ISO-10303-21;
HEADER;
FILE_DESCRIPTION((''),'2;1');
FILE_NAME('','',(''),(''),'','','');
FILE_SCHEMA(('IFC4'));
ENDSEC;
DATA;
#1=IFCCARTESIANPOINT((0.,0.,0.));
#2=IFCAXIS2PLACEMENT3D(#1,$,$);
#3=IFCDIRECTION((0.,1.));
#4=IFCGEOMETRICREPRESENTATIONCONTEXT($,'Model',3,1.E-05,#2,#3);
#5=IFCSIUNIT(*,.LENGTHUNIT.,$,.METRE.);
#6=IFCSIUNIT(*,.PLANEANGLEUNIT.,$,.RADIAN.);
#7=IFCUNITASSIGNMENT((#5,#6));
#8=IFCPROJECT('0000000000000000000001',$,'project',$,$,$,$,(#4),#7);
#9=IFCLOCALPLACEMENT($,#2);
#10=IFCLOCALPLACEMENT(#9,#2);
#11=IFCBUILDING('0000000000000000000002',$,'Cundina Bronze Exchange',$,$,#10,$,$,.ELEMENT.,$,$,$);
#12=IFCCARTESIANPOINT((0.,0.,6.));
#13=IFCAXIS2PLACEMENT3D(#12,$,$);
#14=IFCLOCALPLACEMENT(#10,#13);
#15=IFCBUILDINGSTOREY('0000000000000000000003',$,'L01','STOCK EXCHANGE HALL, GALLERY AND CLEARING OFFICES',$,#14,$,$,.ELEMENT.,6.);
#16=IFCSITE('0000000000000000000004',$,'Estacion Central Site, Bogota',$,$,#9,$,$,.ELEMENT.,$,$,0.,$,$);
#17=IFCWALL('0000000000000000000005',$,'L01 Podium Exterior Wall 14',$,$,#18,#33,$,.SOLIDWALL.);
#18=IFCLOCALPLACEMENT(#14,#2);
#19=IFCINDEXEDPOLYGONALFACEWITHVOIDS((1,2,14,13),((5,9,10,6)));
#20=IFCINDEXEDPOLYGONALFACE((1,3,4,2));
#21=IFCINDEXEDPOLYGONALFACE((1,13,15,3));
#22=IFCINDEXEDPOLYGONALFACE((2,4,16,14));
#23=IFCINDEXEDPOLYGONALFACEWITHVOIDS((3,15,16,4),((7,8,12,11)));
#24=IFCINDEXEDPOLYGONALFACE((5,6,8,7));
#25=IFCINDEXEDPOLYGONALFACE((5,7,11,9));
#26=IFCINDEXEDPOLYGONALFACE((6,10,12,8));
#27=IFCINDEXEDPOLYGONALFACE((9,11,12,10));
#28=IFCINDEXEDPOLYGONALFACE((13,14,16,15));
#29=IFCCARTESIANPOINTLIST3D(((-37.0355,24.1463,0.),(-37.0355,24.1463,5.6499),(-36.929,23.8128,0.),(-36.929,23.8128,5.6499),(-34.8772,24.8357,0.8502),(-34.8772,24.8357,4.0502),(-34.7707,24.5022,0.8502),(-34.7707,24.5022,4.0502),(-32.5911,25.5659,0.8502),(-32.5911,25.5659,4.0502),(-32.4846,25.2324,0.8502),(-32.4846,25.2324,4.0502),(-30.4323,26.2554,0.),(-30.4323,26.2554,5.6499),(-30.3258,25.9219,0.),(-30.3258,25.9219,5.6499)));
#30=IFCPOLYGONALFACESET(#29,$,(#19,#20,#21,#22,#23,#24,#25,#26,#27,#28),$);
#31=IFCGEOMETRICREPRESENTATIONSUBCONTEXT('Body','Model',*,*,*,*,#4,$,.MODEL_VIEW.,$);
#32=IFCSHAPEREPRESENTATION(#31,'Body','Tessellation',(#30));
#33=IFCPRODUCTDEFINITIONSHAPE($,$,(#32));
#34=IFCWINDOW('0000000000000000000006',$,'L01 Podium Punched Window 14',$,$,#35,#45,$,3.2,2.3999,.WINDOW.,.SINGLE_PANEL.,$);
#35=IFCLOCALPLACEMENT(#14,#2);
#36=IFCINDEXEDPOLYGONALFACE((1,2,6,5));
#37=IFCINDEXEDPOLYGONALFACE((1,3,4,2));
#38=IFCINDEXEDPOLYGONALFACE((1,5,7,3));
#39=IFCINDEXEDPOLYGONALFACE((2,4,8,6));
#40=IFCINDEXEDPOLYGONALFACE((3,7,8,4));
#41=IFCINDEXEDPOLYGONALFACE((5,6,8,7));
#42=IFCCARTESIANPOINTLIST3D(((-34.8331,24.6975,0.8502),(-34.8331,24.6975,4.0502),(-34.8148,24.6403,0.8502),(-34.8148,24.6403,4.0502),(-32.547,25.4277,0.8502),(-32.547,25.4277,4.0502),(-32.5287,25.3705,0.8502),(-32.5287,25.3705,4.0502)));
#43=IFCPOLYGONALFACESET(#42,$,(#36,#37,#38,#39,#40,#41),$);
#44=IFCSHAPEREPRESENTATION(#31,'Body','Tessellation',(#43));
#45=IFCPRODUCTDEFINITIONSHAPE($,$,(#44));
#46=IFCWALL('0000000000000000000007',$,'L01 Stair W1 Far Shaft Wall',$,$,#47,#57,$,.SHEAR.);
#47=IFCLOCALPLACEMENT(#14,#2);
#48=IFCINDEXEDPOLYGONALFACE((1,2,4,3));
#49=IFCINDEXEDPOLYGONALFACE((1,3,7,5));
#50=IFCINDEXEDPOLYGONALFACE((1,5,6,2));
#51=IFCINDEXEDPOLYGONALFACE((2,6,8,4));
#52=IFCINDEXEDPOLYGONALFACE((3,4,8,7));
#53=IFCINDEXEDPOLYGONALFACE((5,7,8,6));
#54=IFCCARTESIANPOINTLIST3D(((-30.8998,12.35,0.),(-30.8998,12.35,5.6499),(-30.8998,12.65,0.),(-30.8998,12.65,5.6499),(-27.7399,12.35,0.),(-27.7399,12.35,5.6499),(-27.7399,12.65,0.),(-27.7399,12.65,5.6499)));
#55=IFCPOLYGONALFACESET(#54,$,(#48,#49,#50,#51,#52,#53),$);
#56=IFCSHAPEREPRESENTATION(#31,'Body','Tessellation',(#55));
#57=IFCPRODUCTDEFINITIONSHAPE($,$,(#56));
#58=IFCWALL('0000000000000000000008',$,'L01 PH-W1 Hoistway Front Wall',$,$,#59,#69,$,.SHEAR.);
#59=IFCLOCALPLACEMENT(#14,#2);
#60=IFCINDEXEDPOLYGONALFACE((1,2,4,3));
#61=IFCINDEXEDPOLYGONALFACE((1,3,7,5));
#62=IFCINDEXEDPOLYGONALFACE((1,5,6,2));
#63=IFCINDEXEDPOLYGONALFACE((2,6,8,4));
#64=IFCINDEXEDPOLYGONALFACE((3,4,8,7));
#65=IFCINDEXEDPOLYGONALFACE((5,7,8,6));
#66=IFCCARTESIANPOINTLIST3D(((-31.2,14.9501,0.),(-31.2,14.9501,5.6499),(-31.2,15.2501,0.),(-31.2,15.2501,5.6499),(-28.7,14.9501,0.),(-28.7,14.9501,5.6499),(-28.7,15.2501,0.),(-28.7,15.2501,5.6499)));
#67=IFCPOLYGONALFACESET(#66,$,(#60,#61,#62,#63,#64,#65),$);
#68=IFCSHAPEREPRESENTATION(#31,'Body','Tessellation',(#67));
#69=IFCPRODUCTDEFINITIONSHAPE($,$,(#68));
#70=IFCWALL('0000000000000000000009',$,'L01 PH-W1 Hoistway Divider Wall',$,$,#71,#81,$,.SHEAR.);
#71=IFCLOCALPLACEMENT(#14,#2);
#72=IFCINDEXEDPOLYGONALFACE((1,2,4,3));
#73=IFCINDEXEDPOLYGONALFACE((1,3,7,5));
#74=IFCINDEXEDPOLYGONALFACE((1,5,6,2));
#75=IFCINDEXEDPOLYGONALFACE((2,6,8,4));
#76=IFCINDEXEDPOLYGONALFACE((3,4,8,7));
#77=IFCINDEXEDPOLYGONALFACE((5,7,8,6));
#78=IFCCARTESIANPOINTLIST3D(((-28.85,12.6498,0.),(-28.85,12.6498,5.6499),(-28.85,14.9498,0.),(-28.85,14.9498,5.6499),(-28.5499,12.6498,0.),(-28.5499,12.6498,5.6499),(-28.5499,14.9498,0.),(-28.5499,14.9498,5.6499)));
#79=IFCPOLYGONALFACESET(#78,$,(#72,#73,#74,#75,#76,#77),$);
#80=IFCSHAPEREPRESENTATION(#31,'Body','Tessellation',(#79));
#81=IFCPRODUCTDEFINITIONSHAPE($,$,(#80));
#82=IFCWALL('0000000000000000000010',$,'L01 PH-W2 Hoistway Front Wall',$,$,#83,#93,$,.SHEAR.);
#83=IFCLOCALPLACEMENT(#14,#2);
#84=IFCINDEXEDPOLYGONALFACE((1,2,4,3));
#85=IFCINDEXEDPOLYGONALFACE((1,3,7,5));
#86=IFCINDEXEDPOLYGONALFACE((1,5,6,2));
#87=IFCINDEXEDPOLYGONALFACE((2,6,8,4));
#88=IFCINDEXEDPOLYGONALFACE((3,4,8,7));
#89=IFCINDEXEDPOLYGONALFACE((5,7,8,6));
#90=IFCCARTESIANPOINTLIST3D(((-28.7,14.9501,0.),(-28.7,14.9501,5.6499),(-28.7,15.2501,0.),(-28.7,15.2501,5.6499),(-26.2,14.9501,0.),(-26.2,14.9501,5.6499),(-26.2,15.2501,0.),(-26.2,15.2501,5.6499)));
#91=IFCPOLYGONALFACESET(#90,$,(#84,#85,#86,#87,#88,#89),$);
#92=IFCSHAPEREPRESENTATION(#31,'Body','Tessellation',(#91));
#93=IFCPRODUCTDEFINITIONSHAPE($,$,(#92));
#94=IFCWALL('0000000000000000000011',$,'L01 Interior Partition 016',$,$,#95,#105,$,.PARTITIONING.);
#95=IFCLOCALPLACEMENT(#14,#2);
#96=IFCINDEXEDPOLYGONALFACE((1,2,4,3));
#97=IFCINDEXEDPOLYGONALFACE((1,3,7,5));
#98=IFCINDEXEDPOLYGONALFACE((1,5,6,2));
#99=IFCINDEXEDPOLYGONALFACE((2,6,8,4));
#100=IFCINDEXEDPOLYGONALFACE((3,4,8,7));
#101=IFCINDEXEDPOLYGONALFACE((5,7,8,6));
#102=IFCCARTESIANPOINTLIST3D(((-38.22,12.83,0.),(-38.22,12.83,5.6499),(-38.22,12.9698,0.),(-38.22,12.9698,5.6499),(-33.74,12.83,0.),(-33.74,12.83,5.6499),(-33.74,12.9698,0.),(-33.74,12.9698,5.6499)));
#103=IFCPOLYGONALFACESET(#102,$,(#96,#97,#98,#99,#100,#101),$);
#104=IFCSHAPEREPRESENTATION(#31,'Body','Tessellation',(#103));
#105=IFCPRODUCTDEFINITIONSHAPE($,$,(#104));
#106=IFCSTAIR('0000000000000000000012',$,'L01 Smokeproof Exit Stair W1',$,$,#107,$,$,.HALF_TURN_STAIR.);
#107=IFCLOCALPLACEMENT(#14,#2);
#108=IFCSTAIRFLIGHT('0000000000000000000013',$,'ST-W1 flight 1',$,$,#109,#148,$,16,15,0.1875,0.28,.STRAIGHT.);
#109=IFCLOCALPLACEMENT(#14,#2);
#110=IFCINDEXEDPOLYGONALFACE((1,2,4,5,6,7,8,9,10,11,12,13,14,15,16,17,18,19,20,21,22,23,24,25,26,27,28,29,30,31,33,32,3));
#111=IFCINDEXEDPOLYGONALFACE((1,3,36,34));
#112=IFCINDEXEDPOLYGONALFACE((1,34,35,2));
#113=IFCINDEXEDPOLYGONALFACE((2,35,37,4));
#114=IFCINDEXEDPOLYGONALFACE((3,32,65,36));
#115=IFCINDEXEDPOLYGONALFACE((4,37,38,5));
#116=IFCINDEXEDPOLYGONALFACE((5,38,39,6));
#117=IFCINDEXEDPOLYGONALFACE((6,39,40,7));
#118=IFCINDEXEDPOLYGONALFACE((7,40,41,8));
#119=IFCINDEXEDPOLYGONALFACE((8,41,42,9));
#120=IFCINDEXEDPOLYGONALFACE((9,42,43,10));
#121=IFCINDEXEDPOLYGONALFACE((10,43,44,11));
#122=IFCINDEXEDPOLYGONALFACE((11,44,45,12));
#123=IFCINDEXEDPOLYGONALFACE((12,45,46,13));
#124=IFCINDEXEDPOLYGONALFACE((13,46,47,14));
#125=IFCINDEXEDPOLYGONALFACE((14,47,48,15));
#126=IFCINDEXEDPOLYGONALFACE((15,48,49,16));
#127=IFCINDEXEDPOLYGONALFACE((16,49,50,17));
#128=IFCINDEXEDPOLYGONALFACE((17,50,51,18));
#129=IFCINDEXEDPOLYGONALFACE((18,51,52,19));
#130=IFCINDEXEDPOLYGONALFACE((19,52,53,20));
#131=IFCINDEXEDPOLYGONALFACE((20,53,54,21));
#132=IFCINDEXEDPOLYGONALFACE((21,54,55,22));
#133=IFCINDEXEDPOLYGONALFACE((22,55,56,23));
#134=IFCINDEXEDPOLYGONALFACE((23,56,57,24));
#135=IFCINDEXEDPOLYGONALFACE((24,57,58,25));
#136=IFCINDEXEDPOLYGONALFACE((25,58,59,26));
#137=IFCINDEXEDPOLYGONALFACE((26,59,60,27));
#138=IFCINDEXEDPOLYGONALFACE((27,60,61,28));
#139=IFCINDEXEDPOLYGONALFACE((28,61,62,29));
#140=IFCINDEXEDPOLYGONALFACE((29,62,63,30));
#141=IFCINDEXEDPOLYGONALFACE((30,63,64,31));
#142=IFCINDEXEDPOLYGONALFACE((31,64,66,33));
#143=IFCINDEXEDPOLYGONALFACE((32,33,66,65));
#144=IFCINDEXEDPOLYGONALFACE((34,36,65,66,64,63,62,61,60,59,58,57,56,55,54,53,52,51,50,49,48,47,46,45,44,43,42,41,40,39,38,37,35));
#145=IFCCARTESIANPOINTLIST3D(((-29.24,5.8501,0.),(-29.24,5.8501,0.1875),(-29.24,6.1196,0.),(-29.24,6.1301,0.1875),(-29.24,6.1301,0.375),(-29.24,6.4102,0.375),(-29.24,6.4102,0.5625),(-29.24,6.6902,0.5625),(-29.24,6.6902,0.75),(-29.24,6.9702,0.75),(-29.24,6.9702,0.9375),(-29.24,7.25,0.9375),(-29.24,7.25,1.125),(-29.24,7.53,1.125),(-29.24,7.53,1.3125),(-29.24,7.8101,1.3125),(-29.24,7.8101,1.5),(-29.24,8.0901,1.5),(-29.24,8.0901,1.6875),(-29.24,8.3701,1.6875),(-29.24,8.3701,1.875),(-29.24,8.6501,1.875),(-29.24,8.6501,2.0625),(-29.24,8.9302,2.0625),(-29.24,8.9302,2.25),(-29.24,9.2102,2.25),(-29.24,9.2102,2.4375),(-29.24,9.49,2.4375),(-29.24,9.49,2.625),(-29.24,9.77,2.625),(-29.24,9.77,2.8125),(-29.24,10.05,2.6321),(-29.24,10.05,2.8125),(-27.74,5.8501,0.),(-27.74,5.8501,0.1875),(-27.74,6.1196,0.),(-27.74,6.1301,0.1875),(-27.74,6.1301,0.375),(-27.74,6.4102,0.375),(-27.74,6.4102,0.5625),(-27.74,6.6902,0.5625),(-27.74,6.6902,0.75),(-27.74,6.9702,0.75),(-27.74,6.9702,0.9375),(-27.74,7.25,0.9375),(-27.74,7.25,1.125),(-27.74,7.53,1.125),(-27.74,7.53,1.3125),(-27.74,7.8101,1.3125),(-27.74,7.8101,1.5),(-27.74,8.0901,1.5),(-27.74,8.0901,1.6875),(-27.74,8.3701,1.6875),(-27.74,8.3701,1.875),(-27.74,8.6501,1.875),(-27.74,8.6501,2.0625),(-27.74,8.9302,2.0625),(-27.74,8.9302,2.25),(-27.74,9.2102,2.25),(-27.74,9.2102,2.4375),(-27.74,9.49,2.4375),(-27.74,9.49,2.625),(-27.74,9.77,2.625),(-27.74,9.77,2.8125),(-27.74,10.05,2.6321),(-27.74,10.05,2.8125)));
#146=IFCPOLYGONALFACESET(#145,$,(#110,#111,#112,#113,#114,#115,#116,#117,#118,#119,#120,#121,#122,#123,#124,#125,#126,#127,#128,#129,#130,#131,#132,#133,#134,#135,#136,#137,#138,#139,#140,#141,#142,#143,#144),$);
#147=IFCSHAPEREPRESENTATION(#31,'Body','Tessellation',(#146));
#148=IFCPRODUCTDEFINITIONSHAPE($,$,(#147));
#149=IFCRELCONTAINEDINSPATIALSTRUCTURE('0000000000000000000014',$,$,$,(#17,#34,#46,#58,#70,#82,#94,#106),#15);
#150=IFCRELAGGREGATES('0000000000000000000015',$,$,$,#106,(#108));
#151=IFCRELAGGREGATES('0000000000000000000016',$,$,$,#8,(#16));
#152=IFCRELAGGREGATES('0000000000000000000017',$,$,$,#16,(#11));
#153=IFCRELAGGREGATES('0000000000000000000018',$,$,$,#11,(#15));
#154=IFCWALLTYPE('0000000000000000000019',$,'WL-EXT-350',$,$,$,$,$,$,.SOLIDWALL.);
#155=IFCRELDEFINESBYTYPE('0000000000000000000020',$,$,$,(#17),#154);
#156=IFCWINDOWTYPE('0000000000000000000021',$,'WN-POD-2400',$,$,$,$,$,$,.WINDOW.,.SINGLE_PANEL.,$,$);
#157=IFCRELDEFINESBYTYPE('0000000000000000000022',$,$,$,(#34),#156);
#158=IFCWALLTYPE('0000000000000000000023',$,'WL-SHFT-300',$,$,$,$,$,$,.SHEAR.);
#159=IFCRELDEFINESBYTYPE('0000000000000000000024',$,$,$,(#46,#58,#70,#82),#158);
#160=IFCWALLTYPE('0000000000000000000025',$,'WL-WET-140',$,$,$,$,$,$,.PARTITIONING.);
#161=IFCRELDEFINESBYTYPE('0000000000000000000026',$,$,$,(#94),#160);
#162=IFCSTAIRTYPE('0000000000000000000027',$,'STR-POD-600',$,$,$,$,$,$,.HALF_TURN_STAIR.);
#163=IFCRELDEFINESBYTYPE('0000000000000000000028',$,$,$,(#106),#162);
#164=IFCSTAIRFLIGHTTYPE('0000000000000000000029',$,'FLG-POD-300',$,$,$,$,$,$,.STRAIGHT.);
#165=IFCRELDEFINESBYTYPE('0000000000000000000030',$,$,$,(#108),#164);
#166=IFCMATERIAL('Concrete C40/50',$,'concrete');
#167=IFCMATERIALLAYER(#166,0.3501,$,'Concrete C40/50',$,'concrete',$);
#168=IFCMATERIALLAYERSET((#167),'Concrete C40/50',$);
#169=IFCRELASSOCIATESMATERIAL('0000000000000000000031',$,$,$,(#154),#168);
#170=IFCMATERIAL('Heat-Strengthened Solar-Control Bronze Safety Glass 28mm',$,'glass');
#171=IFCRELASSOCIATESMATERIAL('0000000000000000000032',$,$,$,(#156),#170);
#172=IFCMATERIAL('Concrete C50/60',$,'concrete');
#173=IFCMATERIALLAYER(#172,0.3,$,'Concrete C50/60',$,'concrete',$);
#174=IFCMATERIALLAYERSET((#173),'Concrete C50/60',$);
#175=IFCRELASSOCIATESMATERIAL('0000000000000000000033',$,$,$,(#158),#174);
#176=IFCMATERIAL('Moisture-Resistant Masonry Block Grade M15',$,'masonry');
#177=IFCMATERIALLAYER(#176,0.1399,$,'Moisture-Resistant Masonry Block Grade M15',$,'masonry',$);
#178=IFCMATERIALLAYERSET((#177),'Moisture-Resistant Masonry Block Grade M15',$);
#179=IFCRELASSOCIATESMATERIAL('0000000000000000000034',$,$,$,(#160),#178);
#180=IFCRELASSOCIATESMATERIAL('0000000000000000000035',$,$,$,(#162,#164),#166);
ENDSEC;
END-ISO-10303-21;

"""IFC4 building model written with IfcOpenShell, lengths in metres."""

from ifc_helpers import new_model, si_unit, direction, frame, frame_2d, origin, place, context, subcontext, project, spatial, polyline, rectangle, outline, extrude, material, layer, layer_set, type_object, element, fill, aggregate, save


model = new_model("IFC4")

# Units and contexts
model_context = context("Model", 3, precision=1e-05, world=origin(), true_north=direction((0.0, 1.0)))
body_context = subcontext(model_context, "Body", "Model", "MODEL_VIEW")
ifc_project = project(units=[si_unit("LENGTHUNIT", "METRE"), si_unit("PLANEANGLEUNIT", "RADIAN")], contexts=[model_context])

# Site, building, storey
site_placement = place(None, origin())
site = spatial("IfcSite", under=ifc_project, at=site_placement, Name="Estacion Central Site, Bogota", CompositionType="ELEMENT", RefElevation=0.0)
building_placement = place(site_placement, origin())
building = spatial("IfcBuilding", under=site, at=building_placement, Name="Cundina Bronze Exchange", CompositionType="ELEMENT")
storey_placement = place(building_placement, frame((0.0, 0.0, 6.0)))
storey = spatial("IfcBuildingStorey", under=building, at=storey_placement, Name="L01", Description="STOCK EXCHANGE HALL, GALLERY AND CLEARING OFFICES", CompositionType="ELEMENT", Elevation=6.0)

# Wall, opening, window
ifc_material_1 = material(Name="Concrete C40/50", Category="concrete")
ifc_layer_1 = layer(ifc_material_1, 0.3501, Name="Concrete C40/50", Category="concrete")
ifc_layer_set_1 = layer_set([ifc_layer_1], Name="Concrete C40/50")
wall_type_1 = type_object("IfcWallType", Name="WL-EXT-350", PredefinedType="SOLIDWALL", material=ifc_layer_set_1)
wall_1_placement = place(storey_placement, frame((-30.3792, 26.0886, 0.0), z_axis=(0.0, 0.0, 1.0), x_axis=(-0.952588, -0.304263, 0.0)))
wall_1 = element("IfcWall", 1, at=wall_1_placement, inside=storey, type_object=wall_type_1, Name="L01 Podium Exterior Wall 14", PredefinedType="SOLIDWALL", context=body_context, shape_type="SweptSolid", body=[
    extrude(rectangle(XDim=6.9319, YDim=0.3501, at=frame_2d((3.4658, 0.0))), origin(), (0.0, 0.0, 1.0), 5.6499),
])
opening_1_placement = place(wall_1_placement, frame((2.2661, 0.0, 0.8501)))
opening_1 = element("IfcOpeningElement", 2, at=opening_1_placement, cuts=wall_1, PredefinedType="OPENING", context=body_context, shape_type="SweptSolid", body=[
    extrude(rectangle(XDim=2.3999, YDim=3.2, at=frame_2d((1.2, 1.6001))), frame((0.0, 0.1851, 0.0), z_axis=(0.0, -1.0, 0.0), x_axis=(1.0, 0.0, 0.0)), (0.0, 0.0, 1.0), 0.3701),
])
ifc_material_2 = material(Name="Heat-Strengthened Solar-Control Bronze Safety Glass 28mm", Category="glass")
window_type = type_object("IfcWindowType", Name="WN-POD-2400", PartitioningType="SINGLE_PANEL", PredefinedType="WINDOW", material=ifc_material_2)
window_placement = place(opening_1_placement, origin())
window = element("IfcWindow", 3, at=window_placement, inside=storey, type_object=window_type, Name="L01 Podium Punched Window 14", OverallHeight=3.2, OverallWidth=2.3999, PartitioningType="SINGLE_PANEL", PredefinedType="WINDOW", context=body_context, shape_type="SweptSolid", body=[
    extrude(rectangle(XDim=2.3999, YDim=3.2, at=frame_2d((1.2, 1.6001))), frame((0.0, 0.03, 0.0), z_axis=(0.0, -1.0, 0.0), x_axis=(1.0, 0.0, 0.0)), (0.0, 0.0, 1.0), 0.0601),
])
fill(opening_1, window)

# Shared definitions
ifc_material_3 = material(Name="Concrete C50/60", Category="concrete")
ifc_layer_2 = layer(ifc_material_3, 0.3, Name="Concrete C50/60", Category="concrete")
ifc_layer_set_2 = layer_set([ifc_layer_2], Name="Concrete C50/60")
wall_type_2 = type_object("IfcWallType", Name="WL-SHFT-300", PredefinedType="SHEAR", material=ifc_layer_set_2)

# Walls
wall_2_placement = place(storey_placement, frame((-30.8999, 12.5, 0.0), z_axis=(0.0, 0.0, 1.0), x_axis=(1.0, 0.0, 0.0)))
element("IfcWall", 4, at=wall_2_placement, inside=storey, type_object=wall_type_2, Name="L01 Stair W1 Far Shaft Wall", PredefinedType="SHEAR", context=body_context, shape_type="SweptSolid", body=[
    extrude(rectangle(XDim=3.1599, YDim=0.3, at=frame_2d((1.5801, 0.0))), origin(), (0.0, 0.0, 1.0), 5.6499),
])
wall_3_placement = place(storey_placement, frame((-31.2, 15.1001, 0.0), z_axis=(0.0, 0.0, 1.0), x_axis=(1.0, 0.0, 0.0)))
element("IfcWall", 5, at=wall_3_placement, inside=storey, type_object=wall_type_2, Name="L01 PH-W1 Hoistway Front Wall", PredefinedType="SHEAR", context=body_context, shape_type="SweptSolid", body=[
    extrude(rectangle(XDim=2.5, YDim=0.3, at=frame_2d((1.25, 0.0))), origin(), (0.0, 0.0, 1.0), 5.6499),
])
wall_4_placement = place(storey_placement, frame((-28.7, 12.6499, 0.0), z_axis=(0.0, 0.0, 1.0), x_axis=(0.0, 1.0, 0.0)))
element("IfcWall", 6, at=wall_4_placement, inside=storey, type_object=wall_type_2, Name="L01 PH-W1 Hoistway Divider Wall", PredefinedType="SHEAR", context=body_context, shape_type="SweptSolid", body=[
    extrude(rectangle(XDim=2.3, YDim=0.3, at=frame_2d((1.1499, 0.0))), origin(), (0.0, 0.0, 1.0), 5.6499),
])
wall_5_placement = place(storey_placement, frame((-28.7, 15.1001, 0.0), z_axis=(0.0, 0.0, 1.0), x_axis=(1.0, 0.0, 0.0)))
element("IfcWall", 7, at=wall_5_placement, inside=storey, type_object=wall_type_2, Name="L01 PH-W2 Hoistway Front Wall", PredefinedType="SHEAR", context=body_context, shape_type="SweptSolid", body=[
    extrude(rectangle(XDim=2.5, YDim=0.3, at=frame_2d((1.25, 0.0))), origin(), (0.0, 0.0, 1.0), 5.6499),
])
ifc_material_4 = material(Name="Moisture-Resistant Masonry Block Grade M15", Category="masonry")
ifc_layer_3 = layer(ifc_material_4, 0.1399, Name="Moisture-Resistant Masonry Block Grade M15", Category="masonry")
ifc_layer_set_3 = layer_set([ifc_layer_3], Name="Moisture-Resistant Masonry Block Grade M15")
wall_type_3 = type_object("IfcWallType", Name="WL-WET-140", PredefinedType="PARTITIONING", material=ifc_layer_set_3)
wall_6_placement = place(storey_placement, frame((-38.22, 12.8999, 0.0), z_axis=(0.0, 0.0, 1.0), x_axis=(1.0, 0.0, 0.0)))
element("IfcWall", 8, at=wall_6_placement, inside=storey, type_object=wall_type_3, Name="L01 Interior Partition 016", PredefinedType="PARTITIONING", context=body_context, shape_type="SweptSolid", body=[
    extrude(rectangle(XDim=4.48, YDim=0.1399, at=frame_2d((2.24, 0.0))), origin(), (0.0, 0.0, 1.0), 5.6499),
])

# Stair, stair flight
stair_type = type_object("IfcStairType", Name="STR-POD-600", PredefinedType="HALF_TURN_STAIR", material=ifc_material_1)
stair_placement = place(storey_placement, origin())
stair = element("IfcStair", 9, at=stair_placement, inside=storey, type_object=stair_type, Name="L01 Smokeproof Exit Stair W1", PredefinedType="HALF_TURN_STAIR")
stair_flight_type = type_object("IfcStairFlightType", Name="FLG-POD-300", PredefinedType="STRAIGHT", material=ifc_material_1)
stair_flight_1_placement = place(storey_placement, frame((-28.49, 5.8501, 0.0), z_axis=(0.0, 0.0, 1.0), x_axis=(0.0, 1.0, 0.0)))
stair_flight_1 = element("IfcStairFlight", 10, at=stair_flight_1_placement, type_object=stair_flight_type, Name="ST-W1 flight 1", NumberOfRisers=16, NumberOfTreads=15, PredefinedType="STRAIGHT", RiserHeight=0.1875, TreadLength=0.28, context=body_context, shape_type="SweptSolid", body=[
    extrude(outline(polyline([(0.0, 0.0), (0.0, 0.1875), (0.28, 0.1875), (0.28, 0.375), (0.5601, 0.375), (0.5601, 0.5625), (0.8401, 0.5625), (0.8401, 0.75), (1.1201, 0.75), (1.1201, 0.9375), (1.3999, 0.9375), (1.3999, 1.125), (1.6799, 1.125), (1.6799, 1.3125), (1.96, 1.3125), (1.96, 1.5), (2.24, 1.5), (2.24, 1.6875), (2.52, 1.6875), (2.52, 1.875), (2.8, 1.875), (2.8, 2.0625), (3.0801, 2.0625), (3.0801, 2.25), (3.3601, 2.25), (3.3601, 2.4375), (3.6399, 2.4375), (3.6399, 2.625), (3.9199, 2.625), (3.9199, 2.8125), (4.2, 2.8125), (4.2, 3.0), (4.2, 2.6321), (0.2695, 0.0), (0.0, 0.0)])), frame((0.0, 0.75, 0.0), z_axis=(0.0, -1.0, 0.0), x_axis=(1.0, 0.0, 0.0)), (0.0, 0.0, 1.0), 1.5),
])
aggregate(stair, [stair_flight_1])

save(model, "model.ifc")
